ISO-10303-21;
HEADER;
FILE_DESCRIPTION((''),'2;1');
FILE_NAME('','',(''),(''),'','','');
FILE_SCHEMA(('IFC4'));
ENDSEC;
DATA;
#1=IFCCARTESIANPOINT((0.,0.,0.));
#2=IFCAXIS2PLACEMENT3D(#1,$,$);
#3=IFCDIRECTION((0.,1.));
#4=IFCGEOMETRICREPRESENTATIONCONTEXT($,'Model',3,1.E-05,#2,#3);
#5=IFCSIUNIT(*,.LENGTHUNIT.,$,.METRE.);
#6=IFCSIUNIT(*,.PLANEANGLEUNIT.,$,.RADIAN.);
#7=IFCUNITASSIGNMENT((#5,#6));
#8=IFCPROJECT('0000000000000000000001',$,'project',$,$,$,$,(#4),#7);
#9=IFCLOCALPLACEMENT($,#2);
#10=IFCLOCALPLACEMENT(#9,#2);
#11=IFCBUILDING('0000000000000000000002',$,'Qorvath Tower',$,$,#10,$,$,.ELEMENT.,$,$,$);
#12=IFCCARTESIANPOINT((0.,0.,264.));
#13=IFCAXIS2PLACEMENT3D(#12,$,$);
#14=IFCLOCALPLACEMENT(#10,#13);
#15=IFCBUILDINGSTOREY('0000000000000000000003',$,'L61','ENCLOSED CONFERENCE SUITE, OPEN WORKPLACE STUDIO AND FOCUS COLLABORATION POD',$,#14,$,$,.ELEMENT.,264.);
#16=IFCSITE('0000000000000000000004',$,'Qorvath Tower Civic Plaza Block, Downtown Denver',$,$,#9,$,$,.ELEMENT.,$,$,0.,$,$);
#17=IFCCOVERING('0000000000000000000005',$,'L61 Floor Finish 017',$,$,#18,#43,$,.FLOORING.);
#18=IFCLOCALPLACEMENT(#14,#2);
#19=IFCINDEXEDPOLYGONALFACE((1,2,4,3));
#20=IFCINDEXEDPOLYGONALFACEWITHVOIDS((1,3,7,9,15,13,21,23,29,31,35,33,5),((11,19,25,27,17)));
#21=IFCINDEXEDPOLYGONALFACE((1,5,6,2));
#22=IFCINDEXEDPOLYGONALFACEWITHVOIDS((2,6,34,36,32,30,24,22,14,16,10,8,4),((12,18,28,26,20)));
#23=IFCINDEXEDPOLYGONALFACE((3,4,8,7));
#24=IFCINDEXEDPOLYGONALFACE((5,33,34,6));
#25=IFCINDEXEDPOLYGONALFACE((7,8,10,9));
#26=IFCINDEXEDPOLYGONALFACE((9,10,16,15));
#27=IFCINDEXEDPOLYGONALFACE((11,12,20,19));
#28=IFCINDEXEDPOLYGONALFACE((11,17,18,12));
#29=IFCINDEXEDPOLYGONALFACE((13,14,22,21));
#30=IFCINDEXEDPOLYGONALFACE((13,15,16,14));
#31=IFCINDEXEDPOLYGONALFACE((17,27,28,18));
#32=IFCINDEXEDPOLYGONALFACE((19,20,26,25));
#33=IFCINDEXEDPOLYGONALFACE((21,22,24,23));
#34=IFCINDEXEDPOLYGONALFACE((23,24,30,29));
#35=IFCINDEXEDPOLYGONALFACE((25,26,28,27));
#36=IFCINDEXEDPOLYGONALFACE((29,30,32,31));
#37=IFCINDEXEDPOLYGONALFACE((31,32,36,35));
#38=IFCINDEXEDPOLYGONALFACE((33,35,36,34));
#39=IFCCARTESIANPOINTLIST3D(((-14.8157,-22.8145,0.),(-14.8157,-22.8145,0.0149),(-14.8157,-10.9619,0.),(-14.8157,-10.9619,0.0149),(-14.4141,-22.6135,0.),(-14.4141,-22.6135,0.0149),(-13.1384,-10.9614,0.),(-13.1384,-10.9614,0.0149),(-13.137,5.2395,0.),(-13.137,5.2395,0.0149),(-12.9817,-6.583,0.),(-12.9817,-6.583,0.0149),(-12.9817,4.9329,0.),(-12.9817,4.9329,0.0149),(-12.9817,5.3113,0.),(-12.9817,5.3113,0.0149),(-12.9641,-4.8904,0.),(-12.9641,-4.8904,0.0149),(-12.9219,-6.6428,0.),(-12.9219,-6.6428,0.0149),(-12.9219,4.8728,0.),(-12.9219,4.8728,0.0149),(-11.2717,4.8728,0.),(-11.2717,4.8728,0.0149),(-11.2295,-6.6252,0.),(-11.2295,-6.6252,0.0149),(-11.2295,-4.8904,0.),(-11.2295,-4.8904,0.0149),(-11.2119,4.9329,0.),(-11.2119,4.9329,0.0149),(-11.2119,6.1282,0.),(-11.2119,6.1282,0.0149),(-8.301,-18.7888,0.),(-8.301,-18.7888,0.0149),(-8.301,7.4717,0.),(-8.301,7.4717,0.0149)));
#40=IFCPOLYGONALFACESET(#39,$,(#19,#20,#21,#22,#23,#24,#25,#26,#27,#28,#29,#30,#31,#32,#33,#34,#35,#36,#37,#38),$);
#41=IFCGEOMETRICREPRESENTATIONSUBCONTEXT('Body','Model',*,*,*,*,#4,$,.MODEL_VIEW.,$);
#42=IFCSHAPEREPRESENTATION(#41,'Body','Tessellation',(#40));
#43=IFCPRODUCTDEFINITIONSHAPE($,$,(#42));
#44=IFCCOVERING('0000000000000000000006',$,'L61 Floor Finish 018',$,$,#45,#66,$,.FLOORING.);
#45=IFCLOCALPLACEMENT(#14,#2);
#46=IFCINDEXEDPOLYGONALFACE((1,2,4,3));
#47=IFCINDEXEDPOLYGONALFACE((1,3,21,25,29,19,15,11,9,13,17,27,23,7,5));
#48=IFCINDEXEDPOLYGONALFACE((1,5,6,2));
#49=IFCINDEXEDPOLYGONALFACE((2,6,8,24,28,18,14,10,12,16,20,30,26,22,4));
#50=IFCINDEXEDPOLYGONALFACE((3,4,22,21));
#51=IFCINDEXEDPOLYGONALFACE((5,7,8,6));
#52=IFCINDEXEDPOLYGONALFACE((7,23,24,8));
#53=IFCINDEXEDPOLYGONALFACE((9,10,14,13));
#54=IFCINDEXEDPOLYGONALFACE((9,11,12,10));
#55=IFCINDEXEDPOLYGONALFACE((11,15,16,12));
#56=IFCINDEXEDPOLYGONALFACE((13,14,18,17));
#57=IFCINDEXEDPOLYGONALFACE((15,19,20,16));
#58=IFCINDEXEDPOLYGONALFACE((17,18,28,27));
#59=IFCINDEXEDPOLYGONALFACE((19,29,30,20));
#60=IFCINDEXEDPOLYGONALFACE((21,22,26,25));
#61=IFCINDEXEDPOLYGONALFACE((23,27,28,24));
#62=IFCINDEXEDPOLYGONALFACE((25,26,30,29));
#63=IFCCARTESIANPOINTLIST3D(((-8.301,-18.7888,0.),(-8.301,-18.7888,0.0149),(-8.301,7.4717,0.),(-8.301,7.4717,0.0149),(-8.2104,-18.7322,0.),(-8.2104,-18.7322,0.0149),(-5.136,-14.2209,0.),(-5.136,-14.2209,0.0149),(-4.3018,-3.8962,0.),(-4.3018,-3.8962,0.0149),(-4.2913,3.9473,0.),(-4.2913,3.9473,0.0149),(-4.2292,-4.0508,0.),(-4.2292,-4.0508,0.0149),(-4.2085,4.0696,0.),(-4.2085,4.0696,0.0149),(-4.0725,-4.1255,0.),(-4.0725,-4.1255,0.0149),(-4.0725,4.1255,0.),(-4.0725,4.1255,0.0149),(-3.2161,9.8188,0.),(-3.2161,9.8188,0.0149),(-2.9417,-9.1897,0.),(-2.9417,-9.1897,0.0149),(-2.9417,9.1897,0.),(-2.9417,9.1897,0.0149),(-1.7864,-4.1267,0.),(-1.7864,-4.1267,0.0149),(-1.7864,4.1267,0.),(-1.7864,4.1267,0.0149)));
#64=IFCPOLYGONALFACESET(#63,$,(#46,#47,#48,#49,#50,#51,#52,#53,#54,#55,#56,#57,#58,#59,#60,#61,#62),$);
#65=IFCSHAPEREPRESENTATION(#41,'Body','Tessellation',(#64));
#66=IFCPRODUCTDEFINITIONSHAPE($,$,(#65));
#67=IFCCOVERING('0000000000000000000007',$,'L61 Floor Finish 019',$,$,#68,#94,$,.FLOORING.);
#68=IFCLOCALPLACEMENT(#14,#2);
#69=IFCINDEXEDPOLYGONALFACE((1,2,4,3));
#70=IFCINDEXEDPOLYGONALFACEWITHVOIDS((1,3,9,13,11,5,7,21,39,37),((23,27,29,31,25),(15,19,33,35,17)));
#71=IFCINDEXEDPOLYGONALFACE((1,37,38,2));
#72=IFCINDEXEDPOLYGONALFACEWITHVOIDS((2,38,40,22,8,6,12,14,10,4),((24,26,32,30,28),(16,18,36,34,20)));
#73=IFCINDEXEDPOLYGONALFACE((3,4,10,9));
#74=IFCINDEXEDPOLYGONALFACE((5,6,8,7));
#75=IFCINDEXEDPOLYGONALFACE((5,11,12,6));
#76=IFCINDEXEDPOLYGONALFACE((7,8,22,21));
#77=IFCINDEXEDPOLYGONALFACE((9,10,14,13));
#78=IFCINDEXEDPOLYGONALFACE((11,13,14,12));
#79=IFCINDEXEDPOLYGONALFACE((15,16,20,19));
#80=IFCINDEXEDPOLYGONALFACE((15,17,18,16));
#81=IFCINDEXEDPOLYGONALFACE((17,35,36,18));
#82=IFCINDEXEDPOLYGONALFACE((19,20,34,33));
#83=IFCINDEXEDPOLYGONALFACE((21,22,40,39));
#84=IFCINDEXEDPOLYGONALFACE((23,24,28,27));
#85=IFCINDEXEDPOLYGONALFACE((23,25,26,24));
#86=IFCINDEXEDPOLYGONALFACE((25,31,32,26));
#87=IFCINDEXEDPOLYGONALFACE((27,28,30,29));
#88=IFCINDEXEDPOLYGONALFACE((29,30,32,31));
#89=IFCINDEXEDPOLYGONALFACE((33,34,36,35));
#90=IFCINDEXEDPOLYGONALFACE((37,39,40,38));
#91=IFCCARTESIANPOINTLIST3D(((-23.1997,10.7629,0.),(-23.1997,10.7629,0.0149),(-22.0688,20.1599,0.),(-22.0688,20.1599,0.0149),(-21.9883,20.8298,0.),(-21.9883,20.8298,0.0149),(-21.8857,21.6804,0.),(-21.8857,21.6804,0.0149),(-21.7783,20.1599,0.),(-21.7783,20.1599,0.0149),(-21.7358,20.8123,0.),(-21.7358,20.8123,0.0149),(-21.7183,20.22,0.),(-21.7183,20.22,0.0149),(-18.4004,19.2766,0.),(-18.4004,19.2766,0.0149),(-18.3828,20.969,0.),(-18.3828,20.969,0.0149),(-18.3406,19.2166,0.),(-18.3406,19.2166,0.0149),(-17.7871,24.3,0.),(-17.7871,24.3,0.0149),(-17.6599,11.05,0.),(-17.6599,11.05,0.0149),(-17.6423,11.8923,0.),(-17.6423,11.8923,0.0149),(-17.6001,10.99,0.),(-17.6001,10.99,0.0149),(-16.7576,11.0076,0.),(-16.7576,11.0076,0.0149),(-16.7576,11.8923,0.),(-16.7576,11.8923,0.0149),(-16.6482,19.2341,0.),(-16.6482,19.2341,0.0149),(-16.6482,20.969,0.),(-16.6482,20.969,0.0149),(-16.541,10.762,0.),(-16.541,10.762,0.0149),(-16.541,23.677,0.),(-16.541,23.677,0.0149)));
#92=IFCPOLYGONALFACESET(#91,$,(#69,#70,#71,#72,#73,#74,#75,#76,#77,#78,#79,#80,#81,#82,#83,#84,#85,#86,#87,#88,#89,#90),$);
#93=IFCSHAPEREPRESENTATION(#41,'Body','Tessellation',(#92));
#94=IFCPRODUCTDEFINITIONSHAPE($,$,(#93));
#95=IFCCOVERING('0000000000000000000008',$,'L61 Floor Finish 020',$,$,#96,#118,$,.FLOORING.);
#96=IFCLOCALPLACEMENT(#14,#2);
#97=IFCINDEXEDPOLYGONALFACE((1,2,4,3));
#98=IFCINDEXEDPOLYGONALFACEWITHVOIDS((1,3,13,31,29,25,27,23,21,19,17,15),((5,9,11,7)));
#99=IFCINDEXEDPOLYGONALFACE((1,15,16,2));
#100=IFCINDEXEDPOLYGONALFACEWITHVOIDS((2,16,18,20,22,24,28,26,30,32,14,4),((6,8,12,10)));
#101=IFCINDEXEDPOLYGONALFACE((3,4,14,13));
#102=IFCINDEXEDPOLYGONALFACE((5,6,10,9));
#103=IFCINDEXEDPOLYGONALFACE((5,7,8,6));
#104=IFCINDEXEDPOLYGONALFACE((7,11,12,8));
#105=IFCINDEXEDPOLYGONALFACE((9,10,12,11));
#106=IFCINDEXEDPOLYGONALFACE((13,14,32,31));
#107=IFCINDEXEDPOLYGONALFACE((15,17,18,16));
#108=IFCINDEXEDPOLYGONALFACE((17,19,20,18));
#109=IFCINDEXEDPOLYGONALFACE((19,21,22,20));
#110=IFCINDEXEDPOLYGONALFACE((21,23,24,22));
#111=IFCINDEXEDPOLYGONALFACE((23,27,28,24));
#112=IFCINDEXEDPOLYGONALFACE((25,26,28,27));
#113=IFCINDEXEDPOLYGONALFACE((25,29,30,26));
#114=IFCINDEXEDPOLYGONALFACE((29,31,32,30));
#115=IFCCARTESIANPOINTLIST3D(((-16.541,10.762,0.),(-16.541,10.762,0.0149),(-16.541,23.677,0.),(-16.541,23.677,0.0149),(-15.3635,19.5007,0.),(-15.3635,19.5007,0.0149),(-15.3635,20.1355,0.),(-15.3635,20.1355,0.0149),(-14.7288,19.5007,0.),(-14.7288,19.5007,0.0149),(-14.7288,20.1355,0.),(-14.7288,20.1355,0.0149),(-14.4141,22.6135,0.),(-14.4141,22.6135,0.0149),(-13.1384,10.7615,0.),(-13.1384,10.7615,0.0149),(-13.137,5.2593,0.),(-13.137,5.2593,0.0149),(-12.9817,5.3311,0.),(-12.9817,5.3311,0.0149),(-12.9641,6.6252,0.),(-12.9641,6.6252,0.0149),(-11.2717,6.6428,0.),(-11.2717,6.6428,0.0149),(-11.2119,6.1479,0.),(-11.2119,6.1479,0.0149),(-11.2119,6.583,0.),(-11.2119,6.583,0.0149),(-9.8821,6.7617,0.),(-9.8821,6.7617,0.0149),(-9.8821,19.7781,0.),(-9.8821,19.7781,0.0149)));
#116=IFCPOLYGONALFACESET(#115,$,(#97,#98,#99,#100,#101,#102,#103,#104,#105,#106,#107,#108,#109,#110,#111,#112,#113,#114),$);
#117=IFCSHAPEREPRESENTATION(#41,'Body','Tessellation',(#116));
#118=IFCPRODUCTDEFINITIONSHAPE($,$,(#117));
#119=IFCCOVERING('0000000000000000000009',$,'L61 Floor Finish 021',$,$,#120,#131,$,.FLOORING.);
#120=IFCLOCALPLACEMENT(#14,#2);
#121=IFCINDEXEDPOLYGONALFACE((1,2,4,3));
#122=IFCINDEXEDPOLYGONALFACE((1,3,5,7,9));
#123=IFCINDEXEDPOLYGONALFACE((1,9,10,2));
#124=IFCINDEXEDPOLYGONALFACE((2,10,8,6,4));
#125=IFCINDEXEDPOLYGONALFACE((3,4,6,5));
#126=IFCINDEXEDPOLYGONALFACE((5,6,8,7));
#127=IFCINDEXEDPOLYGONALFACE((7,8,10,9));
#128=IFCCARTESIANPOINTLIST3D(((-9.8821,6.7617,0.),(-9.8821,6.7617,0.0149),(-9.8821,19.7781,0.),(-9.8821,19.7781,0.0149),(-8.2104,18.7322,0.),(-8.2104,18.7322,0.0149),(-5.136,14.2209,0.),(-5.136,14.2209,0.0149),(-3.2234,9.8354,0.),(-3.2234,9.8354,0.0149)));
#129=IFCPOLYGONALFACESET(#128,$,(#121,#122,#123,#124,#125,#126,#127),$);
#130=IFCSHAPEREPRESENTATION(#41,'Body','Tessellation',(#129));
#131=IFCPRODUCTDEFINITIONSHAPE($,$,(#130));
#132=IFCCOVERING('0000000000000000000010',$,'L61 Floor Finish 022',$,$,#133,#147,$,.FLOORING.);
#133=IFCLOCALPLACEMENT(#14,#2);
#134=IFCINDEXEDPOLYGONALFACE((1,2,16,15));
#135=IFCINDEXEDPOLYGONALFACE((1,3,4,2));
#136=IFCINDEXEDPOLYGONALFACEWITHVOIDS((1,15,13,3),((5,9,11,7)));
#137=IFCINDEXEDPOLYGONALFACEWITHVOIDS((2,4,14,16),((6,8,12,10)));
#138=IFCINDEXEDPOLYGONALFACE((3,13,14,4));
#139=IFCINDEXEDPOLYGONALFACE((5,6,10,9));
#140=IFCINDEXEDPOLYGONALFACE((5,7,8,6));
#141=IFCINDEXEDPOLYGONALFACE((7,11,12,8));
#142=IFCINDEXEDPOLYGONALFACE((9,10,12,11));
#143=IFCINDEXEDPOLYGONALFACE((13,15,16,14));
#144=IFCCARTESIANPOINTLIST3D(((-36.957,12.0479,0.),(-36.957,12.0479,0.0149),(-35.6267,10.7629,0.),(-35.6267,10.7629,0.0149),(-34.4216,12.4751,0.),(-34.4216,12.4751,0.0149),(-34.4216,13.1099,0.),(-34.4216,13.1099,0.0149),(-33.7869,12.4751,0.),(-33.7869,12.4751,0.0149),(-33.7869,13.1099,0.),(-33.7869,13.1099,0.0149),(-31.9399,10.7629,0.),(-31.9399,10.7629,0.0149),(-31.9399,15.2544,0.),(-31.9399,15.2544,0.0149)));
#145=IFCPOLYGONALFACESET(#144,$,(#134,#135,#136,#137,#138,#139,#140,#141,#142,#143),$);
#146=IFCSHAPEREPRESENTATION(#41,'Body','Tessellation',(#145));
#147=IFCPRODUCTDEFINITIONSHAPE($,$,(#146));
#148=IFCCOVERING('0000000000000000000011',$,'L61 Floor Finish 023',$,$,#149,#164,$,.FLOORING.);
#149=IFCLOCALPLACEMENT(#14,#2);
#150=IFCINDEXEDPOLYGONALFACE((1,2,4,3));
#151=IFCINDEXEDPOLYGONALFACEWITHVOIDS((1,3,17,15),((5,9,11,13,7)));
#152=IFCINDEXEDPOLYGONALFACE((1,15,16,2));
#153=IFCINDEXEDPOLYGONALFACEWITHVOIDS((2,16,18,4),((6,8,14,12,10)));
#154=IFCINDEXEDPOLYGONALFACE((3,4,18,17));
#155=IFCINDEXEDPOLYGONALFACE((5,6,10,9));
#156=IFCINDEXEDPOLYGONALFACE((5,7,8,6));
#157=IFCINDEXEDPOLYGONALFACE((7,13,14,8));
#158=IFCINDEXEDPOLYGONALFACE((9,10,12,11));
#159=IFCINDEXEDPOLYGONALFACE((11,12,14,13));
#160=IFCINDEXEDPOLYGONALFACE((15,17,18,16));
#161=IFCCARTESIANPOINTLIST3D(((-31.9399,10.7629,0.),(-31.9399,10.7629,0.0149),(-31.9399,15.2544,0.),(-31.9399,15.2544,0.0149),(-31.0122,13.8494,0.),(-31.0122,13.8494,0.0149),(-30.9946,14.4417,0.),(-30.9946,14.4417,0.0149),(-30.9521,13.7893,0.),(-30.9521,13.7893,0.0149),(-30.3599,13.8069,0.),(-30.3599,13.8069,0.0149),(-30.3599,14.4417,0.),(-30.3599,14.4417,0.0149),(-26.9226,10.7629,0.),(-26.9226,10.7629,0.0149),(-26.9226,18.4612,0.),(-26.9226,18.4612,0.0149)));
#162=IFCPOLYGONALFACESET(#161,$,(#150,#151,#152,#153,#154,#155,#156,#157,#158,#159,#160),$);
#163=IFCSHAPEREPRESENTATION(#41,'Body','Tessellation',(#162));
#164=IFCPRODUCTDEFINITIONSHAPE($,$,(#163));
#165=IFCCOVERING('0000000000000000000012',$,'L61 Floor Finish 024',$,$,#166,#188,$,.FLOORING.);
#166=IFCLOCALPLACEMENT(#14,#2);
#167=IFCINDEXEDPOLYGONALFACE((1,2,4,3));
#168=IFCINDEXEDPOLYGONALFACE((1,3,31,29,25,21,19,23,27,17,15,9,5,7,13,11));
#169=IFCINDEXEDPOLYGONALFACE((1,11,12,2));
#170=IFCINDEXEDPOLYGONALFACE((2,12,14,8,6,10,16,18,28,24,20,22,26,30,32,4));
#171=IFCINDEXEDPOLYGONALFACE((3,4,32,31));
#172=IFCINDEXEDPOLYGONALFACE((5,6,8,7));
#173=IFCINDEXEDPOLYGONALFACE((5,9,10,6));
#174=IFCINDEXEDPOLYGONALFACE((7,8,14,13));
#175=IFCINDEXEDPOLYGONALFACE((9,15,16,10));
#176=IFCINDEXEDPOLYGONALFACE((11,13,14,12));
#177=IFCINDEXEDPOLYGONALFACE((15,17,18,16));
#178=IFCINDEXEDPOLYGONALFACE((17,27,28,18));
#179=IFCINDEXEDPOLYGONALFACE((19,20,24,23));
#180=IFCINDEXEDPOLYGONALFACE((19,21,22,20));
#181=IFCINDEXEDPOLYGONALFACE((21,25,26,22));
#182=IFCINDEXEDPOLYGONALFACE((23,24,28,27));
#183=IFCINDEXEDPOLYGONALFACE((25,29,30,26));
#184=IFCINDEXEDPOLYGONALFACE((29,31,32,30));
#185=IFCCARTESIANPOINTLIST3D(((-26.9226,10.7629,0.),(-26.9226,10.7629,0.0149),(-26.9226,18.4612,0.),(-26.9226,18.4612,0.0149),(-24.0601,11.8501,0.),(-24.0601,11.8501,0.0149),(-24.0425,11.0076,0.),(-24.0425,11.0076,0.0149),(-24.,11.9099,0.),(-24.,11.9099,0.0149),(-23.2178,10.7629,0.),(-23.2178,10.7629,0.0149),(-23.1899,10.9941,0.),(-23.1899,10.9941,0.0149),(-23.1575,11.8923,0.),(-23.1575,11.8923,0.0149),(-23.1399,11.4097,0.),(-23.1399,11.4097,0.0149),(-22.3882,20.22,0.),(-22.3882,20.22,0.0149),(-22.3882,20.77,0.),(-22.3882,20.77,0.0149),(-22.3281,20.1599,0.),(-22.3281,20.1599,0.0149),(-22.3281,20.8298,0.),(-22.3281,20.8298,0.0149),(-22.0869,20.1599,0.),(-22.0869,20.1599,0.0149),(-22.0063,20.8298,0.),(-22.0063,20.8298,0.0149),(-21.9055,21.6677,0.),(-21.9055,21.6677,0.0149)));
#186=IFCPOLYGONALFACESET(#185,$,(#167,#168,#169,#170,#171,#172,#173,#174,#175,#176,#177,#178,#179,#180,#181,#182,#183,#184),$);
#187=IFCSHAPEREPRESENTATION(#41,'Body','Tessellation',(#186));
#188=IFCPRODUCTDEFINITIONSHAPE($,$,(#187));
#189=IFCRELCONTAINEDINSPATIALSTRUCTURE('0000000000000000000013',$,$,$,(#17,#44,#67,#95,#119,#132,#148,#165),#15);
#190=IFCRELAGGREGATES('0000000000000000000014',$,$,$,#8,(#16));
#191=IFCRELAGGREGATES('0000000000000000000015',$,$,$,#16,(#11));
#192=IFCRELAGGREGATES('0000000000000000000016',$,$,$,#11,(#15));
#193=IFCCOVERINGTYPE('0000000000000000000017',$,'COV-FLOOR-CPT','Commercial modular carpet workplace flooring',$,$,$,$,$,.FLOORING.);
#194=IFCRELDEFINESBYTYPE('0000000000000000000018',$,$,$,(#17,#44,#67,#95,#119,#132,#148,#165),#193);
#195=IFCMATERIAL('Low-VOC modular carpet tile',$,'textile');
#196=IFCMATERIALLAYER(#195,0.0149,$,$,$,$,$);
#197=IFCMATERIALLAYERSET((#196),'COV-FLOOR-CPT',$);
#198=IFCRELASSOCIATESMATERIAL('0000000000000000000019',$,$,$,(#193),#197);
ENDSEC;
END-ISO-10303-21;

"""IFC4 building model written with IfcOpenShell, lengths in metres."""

from ifc_helpers import new_model, si_unit, direction, frame, origin, place, context, subcontext, project, spatial, polyline, outline, extrude, material, layer, layer_set, type_object, element, save


model = new_model("IFC4")

# Units and contexts
model_context = context("Model", 3, precision=1e-05, world=origin(), true_north=direction((0.0, 1.0)))
body_context = subcontext(model_context, "Body", "Model", "MODEL_VIEW")
ifc_project = project(units=[si_unit("LENGTHUNIT", "METRE"), si_unit("PLANEANGLEUNIT", "RADIAN")], contexts=[model_context])

# Site, building, storey
site_placement = place(None, origin())
site = spatial("IfcSite", under=ifc_project, at=site_placement, Name="Qorvath Tower Civic Plaza Block, Downtown Denver", CompositionType="ELEMENT", RefElevation=0.0)
building_placement = place(site_placement, origin())
building = spatial("IfcBuilding", under=site, at=building_placement, Name="Qorvath Tower", CompositionType="ELEMENT")
storey_placement = place(building_placement, frame((0.0, 0.0, 264.0)))
storey = spatial("IfcBuildingStorey", under=building, at=storey_placement, Name="L61", Description="ENCLOSED CONFERENCE SUITE, OPEN WORKPLACE STUDIO AND FOCUS COLLABORATION POD", CompositionType="ELEMENT", Elevation=264.0)

# Coverings
ifc_material_1 = material(Name="Low-VOC modular carpet tile", Category="textile")
ifc_layer_1 = layer(ifc_material_1, 0.0149)
ifc_layer_set_1 = layer_set([ifc_layer_1], Name="COV-FLOOR-CPT")
covering_type_1 = type_object("IfcCoveringType", Name="COV-FLOOR-CPT", Description="Commercial modular carpet workplace flooring", PredefinedType="FLOORING", material=ifc_layer_set_1)
covering_1_placement = place(storey_placement, origin())
element("IfcCovering", 1, at=covering_1_placement, inside=storey, type_object=covering_type_1, Name="L61 Floor Finish 017", PredefinedType="FLOORING", context=body_context, shape_type="SweptSolid", body=[
    extrude(outline(polyline([(-8.301, -18.7888), (-8.301, 7.4717), (-11.2119, 6.1282), (-11.2119, 4.9329), (-11.2717, 4.8728), (-12.9219, 4.8728), (-12.9817, 4.9329), (-12.9817, 5.3113), (-13.137, 5.2395), (-13.1384, -10.9614), (-14.8157, -10.9619), (-14.8157, -22.8145), (-14.4141, -22.6135), (-8.301, -18.7888)]), holes=[polyline([(-12.9817, -6.583), (-12.9641, -4.8904), (-11.2295, -4.8904), (-11.2295, -6.6252), (-12.9219, -6.6428), (-12.9817, -6.583)])]), origin(), (0.0, 0.0, 1.0), 0.0149),
])
covering_2_placement = place(storey_placement, origin())
element("IfcCovering", 2, at=covering_2_placement, inside=storey, type_object=covering_type_1, Name="L61 Floor Finish 018", PredefinedType="FLOORING", context=body_context, shape_type="SweptSolid", body=[
    extrude(outline(polyline([(-2.9417, 9.1897), (-3.2161, 9.8188), (-8.301, 7.4717), (-8.301, -18.7888), (-8.2104, -18.7322), (-5.136, -14.2209), (-2.9417, -9.1897), (-1.7864, -4.1267), (-4.0725, -4.1255), (-4.2292, -4.0508), (-4.3018, -3.8962), (-4.2913, 3.9473), (-4.2085, 4.0696), (-4.0725, 4.1255), (-1.7864, 4.1267), (-2.9417, 9.1897)])), origin(), (0.0, 0.0, 1.0), 0.0149),
])
covering_3_placement = place(storey_placement, origin())
element("IfcCovering", 3, at=covering_3_placement, inside=storey, type_object=covering_type_1, Name="L61 Floor Finish 019", PredefinedType="FLOORING", context=body_context, shape_type="SweptSolid", body=[
    extrude(outline(polyline([(-17.7871, 24.3), (-21.8857, 21.6804), (-21.9883, 20.8298), (-21.7358, 20.8123), (-21.7183, 20.22), (-21.7783, 20.1599), (-22.0688, 20.1599), (-23.1997, 10.7629), (-16.541, 10.762), (-16.541, 23.677), (-17.7871, 24.3)]), holes=[polyline([(-18.4004, 19.2766), (-18.3828, 20.969), (-16.6482, 20.969), (-16.6482, 19.2341), (-18.3406, 19.2166), (-18.4004, 19.2766)]), polyline([(-17.6599, 11.05), (-17.6423, 11.8923), (-16.7576, 11.8923), (-16.7576, 11.0076), (-17.6001, 10.99), (-17.6599, 11.05)])]), origin(), (0.0, 0.0, 1.0), 0.0149),
])
covering_4_placement = place(storey_placement, origin())
element("IfcCovering", 4, at=covering_4_placement, inside=storey, type_object=covering_type_1, Name="L61 Floor Finish 020", PredefinedType="FLOORING", context=body_context, shape_type="SweptSolid", body=[
    extrude(outline(polyline([(-16.541, 23.677), (-16.541, 10.762), (-13.1384, 10.7615), (-13.137, 5.2593), (-12.9817, 5.3311), (-12.9641, 6.6252), (-11.2717, 6.6428), (-11.2119, 6.583), (-11.2119, 6.1479), (-9.8821, 6.7617), (-9.8821, 19.7781), (-14.4141, 22.6135), (-16.541, 23.677)]), holes=[polyline([(-15.3635, 19.5007), (-15.3635, 20.1355), (-14.7288, 20.1355), (-14.7288, 19.5007), (-15.3635, 19.5007)])]), origin(), (0.0, 0.0, 1.0), 0.0149),
])
covering_5_placement = place(storey_placement, origin())
element("IfcCovering", 5, at=covering_5_placement, inside=storey, type_object=covering_type_1, Name="L61 Floor Finish 021", PredefinedType="FLOORING", context=body_context, shape_type="SweptSolid", body=[
    extrude(outline(polyline([(-9.8821, 19.7781), (-9.8821, 6.7617), (-3.2234, 9.8354), (-5.136, 14.2209), (-8.2104, 18.7322), (-9.8821, 19.7781)])), origin(), (0.0, 0.0, 1.0), 0.0149),
])
covering_6_placement = place(storey_placement, origin())
element("IfcCovering", 6, at=covering_6_placement, inside=storey, type_object=covering_type_1, Name="L61 Floor Finish 022", PredefinedType="FLOORING", context=body_context, shape_type="SweptSolid", body=[
    extrude(outline(polyline([(-31.9399, 10.7629), (-31.9399, 15.2544), (-36.957, 12.0479), (-35.6267, 10.7629), (-31.9399, 10.7629)]), holes=[polyline([(-34.4216, 12.4751), (-34.4216, 13.1099), (-33.7869, 13.1099), (-33.7869, 12.4751), (-34.4216, 12.4751)])]), origin(), (0.0, 0.0, 1.0), 0.0149),
])
covering_7_placement = place(storey_placement, origin())
element("IfcCovering", 7, at=covering_7_placement, inside=storey, type_object=covering_type_1, Name="L61 Floor Finish 023", PredefinedType="FLOORING", context=body_context, shape_type="SweptSolid", body=[
    extrude(outline(polyline([(-26.9226, 10.7629), (-26.9226, 18.4612), (-31.9399, 15.2544), (-31.9399, 10.7629), (-26.9226, 10.7629)]), holes=[polyline([(-31.0122, 13.8494), (-30.9946, 14.4417), (-30.3599, 14.4417), (-30.3599, 13.8069), (-30.9521, 13.7893), (-31.0122, 13.8494)])]), origin(), (0.0, 0.0, 1.0), 0.0149),
])
covering_8_placement = place(storey_placement, origin())
element("IfcCovering", 8, at=covering_8_placement, inside=storey, type_object=covering_type_1, Name="L61 Floor Finish 024", PredefinedType="FLOORING", context=body_context, shape_type="SweptSolid", body=[
    extrude(outline(polyline([(-22.3281, 20.8298), (-22.0063, 20.8298), (-21.9055, 21.6677), (-26.9226, 18.4612), (-26.9226, 10.7629), (-23.2178, 10.7629), (-23.1899, 10.9941), (-24.0425, 11.0076), (-24.0601, 11.8501), (-24.0, 11.9099), (-23.1575, 11.8923), (-23.1399, 11.4097), (-22.0869, 20.1599), (-22.3281, 20.1599), (-22.3882, 20.22), (-22.3882, 20.77), (-22.3281, 20.8298)])), origin(), (0.0, 0.0, 1.0), 0.0149),
])

save(model, "model.ifc")
